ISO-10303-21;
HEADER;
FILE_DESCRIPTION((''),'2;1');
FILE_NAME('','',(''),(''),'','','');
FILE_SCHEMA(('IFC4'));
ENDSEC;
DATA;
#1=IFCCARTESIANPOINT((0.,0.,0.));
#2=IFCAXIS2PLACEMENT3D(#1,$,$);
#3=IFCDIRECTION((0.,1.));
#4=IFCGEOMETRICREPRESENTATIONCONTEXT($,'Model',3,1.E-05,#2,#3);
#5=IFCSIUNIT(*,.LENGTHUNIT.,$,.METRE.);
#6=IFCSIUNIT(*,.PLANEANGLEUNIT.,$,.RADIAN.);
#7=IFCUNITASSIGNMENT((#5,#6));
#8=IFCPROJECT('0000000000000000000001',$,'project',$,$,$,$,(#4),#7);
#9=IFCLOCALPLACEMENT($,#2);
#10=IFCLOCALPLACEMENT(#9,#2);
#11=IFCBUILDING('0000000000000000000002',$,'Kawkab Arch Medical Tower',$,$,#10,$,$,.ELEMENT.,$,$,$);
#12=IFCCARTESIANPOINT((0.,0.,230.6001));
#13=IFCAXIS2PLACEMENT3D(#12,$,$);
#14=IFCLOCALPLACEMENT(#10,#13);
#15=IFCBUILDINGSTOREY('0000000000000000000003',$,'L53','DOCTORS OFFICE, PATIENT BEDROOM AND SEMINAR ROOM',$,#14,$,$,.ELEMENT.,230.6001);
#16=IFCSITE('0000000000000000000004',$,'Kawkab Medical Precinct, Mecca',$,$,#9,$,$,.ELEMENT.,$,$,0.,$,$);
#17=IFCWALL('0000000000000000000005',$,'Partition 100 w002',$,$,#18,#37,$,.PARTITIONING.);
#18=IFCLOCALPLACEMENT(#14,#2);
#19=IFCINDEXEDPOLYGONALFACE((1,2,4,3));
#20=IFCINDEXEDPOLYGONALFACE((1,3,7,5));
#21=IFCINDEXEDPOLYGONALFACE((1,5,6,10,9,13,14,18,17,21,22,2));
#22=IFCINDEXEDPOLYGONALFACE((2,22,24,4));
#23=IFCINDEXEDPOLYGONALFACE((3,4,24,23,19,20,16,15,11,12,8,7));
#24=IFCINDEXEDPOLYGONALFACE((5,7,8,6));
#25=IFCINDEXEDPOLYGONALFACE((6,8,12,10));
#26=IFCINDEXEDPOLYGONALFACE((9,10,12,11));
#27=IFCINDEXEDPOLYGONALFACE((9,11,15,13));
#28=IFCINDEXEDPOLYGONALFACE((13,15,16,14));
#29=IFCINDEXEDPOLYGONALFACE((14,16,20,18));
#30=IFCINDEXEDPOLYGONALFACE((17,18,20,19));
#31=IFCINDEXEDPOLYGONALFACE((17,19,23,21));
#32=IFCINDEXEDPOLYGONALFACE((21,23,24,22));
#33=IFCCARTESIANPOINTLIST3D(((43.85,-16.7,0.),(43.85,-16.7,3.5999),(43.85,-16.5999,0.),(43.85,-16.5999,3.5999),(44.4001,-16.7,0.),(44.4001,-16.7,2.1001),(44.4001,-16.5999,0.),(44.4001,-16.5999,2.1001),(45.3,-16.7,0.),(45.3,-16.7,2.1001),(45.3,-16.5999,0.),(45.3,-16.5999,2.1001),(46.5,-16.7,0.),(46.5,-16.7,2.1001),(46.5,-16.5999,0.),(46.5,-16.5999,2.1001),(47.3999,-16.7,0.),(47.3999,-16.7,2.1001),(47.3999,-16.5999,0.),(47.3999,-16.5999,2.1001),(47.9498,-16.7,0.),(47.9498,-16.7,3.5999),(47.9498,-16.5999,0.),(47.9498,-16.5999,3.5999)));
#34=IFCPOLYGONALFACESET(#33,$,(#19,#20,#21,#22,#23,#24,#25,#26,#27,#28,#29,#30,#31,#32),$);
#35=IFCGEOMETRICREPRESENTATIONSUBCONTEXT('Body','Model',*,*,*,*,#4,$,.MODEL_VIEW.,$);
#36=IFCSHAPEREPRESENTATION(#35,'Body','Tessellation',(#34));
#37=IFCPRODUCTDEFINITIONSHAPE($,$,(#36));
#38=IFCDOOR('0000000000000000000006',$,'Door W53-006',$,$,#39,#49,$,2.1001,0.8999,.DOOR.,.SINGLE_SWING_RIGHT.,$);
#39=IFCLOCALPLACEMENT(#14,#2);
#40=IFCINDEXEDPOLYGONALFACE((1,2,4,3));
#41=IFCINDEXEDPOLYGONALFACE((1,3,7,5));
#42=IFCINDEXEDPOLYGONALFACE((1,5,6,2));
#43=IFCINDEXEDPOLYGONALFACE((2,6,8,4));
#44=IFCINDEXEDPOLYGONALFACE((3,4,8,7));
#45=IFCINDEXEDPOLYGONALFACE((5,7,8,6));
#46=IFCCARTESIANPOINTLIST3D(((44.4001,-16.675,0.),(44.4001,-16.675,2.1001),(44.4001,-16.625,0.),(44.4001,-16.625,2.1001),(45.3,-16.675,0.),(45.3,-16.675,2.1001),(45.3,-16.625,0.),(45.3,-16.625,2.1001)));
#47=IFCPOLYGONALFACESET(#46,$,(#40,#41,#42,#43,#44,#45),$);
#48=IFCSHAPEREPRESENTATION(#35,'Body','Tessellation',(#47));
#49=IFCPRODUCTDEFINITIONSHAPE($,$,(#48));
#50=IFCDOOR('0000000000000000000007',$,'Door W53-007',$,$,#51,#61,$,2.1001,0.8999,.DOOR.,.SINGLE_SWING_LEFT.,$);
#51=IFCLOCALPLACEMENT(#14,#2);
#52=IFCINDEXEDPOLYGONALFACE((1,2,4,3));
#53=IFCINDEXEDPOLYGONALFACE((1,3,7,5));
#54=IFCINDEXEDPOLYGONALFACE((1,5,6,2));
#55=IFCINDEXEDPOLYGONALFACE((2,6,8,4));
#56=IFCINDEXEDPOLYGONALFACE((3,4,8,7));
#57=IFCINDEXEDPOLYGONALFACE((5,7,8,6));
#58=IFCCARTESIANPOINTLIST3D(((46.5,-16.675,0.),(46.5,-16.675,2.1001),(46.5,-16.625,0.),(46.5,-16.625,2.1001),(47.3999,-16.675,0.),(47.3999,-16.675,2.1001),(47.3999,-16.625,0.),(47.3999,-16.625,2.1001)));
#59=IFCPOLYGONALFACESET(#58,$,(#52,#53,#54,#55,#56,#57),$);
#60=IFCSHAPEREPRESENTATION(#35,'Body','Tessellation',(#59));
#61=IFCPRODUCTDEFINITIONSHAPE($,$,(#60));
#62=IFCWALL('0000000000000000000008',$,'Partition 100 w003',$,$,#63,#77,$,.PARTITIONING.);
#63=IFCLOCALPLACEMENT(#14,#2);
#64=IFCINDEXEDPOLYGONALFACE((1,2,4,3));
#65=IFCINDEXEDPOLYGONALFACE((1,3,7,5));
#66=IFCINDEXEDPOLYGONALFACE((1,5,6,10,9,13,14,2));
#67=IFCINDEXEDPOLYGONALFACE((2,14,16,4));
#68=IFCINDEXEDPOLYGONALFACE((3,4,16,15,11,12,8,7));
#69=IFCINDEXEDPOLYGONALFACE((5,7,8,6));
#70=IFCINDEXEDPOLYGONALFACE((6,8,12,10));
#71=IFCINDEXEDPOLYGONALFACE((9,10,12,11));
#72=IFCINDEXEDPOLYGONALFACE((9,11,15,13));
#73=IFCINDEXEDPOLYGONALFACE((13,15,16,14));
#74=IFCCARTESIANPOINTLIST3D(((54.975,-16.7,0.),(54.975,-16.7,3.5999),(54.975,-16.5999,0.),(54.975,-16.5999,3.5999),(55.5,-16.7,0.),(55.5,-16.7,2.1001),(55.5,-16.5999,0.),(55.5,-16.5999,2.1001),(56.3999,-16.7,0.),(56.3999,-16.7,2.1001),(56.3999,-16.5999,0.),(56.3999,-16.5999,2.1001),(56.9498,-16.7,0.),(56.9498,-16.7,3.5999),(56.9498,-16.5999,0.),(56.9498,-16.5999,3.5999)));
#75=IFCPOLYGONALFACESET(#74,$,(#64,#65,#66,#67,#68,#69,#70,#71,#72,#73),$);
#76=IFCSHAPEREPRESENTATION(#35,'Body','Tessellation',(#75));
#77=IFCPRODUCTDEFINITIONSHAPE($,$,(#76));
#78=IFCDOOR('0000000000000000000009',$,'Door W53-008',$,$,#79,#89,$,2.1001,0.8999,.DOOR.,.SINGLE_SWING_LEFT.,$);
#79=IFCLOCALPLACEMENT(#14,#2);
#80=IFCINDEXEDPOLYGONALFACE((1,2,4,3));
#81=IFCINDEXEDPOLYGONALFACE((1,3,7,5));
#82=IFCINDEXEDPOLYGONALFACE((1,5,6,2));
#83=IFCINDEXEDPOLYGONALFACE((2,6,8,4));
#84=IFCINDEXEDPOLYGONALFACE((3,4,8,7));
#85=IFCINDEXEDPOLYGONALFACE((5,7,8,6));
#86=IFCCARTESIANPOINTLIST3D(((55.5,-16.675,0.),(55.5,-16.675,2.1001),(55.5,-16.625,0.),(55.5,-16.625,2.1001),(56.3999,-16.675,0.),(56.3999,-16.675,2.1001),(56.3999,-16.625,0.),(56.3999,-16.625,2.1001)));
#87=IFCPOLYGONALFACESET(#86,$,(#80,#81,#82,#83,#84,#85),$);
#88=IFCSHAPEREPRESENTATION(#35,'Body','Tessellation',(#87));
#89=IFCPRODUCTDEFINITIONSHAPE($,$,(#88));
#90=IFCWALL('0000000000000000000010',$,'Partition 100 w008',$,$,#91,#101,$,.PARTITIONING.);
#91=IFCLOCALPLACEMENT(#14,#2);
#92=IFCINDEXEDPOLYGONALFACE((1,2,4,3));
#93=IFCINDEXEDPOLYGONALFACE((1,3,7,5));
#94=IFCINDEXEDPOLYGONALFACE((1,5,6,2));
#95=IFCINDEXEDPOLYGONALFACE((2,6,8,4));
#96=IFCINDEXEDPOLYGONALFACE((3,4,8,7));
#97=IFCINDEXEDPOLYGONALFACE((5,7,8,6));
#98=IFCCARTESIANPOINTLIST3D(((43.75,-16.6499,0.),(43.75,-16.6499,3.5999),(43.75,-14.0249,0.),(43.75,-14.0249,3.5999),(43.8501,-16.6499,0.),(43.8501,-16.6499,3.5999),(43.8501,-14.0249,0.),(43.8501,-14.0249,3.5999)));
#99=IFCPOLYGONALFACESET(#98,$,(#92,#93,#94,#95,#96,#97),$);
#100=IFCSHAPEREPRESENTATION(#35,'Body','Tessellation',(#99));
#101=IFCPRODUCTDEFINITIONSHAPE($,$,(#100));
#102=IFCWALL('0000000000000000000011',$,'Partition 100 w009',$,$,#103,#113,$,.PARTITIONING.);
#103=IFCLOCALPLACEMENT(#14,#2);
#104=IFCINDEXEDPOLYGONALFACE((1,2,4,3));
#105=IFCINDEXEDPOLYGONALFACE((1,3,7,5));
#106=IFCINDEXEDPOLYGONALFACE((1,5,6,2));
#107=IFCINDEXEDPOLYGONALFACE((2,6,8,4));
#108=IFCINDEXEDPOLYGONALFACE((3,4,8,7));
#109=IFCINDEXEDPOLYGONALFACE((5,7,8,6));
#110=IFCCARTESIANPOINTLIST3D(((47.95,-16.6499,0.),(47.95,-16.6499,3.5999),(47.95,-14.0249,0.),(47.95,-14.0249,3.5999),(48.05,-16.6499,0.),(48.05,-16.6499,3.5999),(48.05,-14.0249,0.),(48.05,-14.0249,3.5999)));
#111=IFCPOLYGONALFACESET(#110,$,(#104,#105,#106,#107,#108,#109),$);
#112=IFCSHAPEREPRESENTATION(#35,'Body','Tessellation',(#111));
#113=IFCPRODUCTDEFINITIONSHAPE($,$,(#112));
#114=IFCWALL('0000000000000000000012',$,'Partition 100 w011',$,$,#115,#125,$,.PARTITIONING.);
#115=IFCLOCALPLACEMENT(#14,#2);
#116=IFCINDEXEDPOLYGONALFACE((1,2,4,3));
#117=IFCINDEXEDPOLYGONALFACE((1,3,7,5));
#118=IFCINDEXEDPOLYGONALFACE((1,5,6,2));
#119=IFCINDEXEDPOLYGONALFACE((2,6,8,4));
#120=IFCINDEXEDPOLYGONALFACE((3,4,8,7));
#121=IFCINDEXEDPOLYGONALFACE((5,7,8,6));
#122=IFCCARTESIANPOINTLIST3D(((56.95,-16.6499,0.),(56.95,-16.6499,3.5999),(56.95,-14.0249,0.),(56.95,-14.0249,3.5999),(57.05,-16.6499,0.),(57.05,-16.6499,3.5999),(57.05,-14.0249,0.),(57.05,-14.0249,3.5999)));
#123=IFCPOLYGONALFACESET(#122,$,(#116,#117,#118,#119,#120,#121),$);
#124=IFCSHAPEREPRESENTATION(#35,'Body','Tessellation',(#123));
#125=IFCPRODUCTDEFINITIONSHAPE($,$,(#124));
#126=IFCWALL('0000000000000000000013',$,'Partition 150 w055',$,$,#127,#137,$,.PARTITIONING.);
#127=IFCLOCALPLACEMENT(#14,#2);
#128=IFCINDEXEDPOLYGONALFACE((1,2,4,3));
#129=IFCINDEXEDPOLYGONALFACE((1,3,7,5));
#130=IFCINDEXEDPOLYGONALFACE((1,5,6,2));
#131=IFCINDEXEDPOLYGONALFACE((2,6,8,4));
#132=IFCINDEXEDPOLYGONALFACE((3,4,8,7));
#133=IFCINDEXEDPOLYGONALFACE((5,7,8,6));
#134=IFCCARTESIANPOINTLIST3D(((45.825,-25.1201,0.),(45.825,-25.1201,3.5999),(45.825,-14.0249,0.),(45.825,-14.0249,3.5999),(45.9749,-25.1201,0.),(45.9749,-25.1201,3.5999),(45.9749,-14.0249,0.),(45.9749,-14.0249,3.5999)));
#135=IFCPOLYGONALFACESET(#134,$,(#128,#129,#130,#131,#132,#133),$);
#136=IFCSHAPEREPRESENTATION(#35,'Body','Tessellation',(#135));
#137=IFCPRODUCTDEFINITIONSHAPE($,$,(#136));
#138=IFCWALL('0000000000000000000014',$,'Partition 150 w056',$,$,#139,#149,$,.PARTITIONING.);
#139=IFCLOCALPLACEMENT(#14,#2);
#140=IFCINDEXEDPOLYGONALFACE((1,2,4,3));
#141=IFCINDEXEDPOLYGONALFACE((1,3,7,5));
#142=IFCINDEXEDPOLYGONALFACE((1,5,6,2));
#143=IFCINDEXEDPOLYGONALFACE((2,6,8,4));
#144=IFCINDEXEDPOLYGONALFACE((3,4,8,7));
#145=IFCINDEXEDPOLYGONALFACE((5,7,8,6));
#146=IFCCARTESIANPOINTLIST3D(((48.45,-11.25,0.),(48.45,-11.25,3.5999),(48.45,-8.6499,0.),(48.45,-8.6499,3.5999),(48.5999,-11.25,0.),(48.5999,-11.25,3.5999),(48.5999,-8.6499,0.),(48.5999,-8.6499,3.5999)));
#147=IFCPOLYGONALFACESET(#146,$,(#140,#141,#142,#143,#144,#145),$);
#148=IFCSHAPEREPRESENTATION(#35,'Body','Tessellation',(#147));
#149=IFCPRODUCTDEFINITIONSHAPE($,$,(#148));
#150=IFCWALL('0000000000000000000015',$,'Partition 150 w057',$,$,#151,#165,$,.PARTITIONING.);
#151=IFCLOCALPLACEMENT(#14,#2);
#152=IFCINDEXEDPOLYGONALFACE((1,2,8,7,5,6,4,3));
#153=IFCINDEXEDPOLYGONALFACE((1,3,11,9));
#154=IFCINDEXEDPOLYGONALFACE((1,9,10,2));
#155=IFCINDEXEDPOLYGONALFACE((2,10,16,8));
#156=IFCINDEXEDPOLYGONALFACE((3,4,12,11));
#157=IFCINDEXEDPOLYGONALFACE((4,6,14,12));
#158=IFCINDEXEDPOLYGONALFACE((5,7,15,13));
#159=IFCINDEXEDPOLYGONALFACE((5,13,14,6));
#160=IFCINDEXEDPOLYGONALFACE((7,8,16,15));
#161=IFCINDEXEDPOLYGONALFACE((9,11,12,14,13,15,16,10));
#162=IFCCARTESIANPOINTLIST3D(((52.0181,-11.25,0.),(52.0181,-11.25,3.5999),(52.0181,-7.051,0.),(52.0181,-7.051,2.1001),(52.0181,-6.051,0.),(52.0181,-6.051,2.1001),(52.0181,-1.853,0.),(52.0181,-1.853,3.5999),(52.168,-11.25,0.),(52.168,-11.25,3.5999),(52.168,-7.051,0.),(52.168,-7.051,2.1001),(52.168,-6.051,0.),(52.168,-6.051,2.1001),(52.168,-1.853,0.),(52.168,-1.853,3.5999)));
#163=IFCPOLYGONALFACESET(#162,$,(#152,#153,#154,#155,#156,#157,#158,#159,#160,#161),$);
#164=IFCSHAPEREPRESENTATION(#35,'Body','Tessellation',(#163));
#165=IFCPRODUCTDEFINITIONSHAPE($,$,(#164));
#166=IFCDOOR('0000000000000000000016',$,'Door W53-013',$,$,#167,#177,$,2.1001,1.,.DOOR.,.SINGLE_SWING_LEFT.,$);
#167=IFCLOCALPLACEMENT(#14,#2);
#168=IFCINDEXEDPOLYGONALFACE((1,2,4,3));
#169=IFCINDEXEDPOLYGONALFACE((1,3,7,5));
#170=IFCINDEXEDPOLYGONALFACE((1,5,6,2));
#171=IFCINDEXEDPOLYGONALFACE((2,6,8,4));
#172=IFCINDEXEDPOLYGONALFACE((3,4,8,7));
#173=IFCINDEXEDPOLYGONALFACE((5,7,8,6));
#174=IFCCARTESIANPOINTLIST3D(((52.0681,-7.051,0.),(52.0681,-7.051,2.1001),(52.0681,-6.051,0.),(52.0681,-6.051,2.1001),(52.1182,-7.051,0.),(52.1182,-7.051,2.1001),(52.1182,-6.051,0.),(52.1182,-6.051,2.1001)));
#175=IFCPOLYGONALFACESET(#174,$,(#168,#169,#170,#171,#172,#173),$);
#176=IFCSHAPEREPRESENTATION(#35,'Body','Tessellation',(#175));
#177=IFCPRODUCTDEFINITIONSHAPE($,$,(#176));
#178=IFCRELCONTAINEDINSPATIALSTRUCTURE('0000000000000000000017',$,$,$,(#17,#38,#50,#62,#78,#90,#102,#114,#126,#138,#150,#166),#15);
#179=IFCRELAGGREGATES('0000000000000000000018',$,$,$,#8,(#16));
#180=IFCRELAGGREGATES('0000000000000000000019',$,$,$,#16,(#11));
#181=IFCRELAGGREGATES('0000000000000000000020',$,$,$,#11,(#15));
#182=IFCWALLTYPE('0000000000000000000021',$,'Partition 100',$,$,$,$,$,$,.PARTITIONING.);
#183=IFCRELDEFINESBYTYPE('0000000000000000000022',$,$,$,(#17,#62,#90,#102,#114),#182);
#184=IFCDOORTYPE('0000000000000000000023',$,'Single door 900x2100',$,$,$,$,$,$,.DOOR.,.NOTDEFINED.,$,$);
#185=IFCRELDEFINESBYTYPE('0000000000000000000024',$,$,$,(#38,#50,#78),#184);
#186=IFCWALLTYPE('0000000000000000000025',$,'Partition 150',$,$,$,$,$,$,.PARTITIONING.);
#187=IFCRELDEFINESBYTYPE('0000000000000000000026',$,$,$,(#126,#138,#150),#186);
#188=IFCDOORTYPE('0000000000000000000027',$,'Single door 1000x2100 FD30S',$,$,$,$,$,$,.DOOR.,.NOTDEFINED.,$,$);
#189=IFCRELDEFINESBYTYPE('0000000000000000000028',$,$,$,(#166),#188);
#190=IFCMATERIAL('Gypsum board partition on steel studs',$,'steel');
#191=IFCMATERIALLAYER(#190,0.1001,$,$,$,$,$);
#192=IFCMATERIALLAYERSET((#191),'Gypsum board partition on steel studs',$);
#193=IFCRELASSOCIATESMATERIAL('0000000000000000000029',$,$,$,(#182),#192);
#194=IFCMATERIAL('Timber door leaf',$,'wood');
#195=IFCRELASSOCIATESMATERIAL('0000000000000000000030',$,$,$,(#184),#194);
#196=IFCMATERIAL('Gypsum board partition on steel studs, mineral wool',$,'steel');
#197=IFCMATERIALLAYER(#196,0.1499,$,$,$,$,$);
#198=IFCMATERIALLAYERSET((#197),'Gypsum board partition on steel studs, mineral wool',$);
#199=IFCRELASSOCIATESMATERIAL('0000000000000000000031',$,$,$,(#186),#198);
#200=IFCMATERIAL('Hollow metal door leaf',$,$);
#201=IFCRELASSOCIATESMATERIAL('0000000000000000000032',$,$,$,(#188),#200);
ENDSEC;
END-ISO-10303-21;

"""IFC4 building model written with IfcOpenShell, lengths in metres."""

from ifc_helpers import new_model, si_unit, direction, frame, frame_2d, origin, place, context, subcontext, project, spatial, rectangle, extrude, material, layer, layer_set, type_object, element, fill, save


model = new_model("IFC4")

# Units and contexts
model_context = context("Model", 3, precision=1e-05, world=origin(), true_north=direction((0.0, 1.0)))
body_context = subcontext(model_context, "Body", "Model", "MODEL_VIEW")
ifc_project = project(units=[si_unit("LENGTHUNIT", "METRE"), si_unit("PLANEANGLEUNIT", "RADIAN")], contexts=[model_context])

# Site, building, storey
site_placement = place(None, origin())
site = spatial("IfcSite", under=ifc_project, at=site_placement, Name="Kawkab Medical Precinct, Mecca", CompositionType="ELEMENT", RefElevation=0.0)
building_placement = place(site_placement, origin())
building = spatial("IfcBuilding", under=site, at=building_placement, Name="Kawkab Arch Medical Tower", CompositionType="ELEMENT")
storey_placement = place(building_placement, frame((0.0, 0.0, 230.6001)))
storey = spatial("IfcBuildingStorey", under=building, at=storey_placement, Name="L53", Description="DOCTORS OFFICE, PATIENT BEDROOM AND SEMINAR ROOM", CompositionType="ELEMENT", Elevation=230.6001)

# Wall, openings, doors
ifc_material_1 = material(Name="Gypsum board partition on steel studs", Category="steel")
ifc_layer_1 = layer(ifc_material_1, 0.1001)
ifc_layer_set_1 = layer_set([ifc_layer_1], Name="Gypsum board partition on steel studs")
wall_type_1 = type_object("IfcWallType", Name="Partition 100", PredefinedType="PARTITIONING", material=ifc_layer_set_1)
wall_1_placement = place(storey_placement, frame((43.8501, -16.6499, 0.0), z_axis=(0.0, 0.0, 1.0), x_axis=(1.0, 0.0, 0.0)))
wall_1 = element("IfcWall", 1, at=wall_1_placement, inside=storey, type_object=wall_type_1, Name="Partition 100 w002", PredefinedType="PARTITIONING", context=body_context, shape_type="SweptSolid", body=[
    extrude(rectangle(XDim=4.0999, YDim=0.1001, at=frame_2d((2.0498, 0.0))), origin(), (0.0, 0.0, 1.0), 3.5999),
])
opening_1_placement = place(wall_1_placement, frame((0.55, 0.0, 0.0)))
opening_1 = element("IfcOpeningElement", 2, at=opening_1_placement, cuts=wall_1, PredefinedType="OPENING", context=body_context, shape_type="SweptSolid", body=[
    extrude(rectangle(XDim=0.8999, YDim=2.1001, at=frame_2d((0.45, 1.05))), frame((0.0, 0.0601, 0.0), z_axis=(0.0, -1.0, 0.0), x_axis=(1.0, 0.0, 0.0)), (0.0, 0.0, 1.0), 0.1201),
])
opening_2_placement = place(wall_1_placement, frame((2.6499, 0.0, 0.0)))
opening_2 = element("IfcOpeningElement", 3, at=opening_2_placement, cuts=wall_1, PredefinedType="OPENING", context=body_context, shape_type="SweptSolid", body=[
    extrude(rectangle(XDim=0.8999, YDim=2.1001, at=frame_2d((0.45, 1.05))), frame((0.0, 0.0601, 0.0), z_axis=(0.0, -1.0, 0.0), x_axis=(1.0, 0.0, 0.0)), (0.0, 0.0, 1.0), 0.1201),
])
ifc_material_2 = material(Name="Timber door leaf", Category="wood")
door_type_1 = type_object("IfcDoorType", Name="Single door 900x2100", OperationType="NOTDEFINED", PredefinedType="DOOR", material=ifc_material_2)
door_1_placement = place(opening_1_placement, origin())
door_1 = element("IfcDoor", 4, at=door_1_placement, inside=storey, type_object=door_type_1, Name="Door W53-006", OperationType="SINGLE_SWING_RIGHT", OverallHeight=2.1001, OverallWidth=0.8999, PredefinedType="DOOR", context=body_context, shape_type="SweptSolid", body=[
    extrude(rectangle(XDim=0.8999, YDim=2.1001, at=frame_2d((0.45, 1.05))), frame((0.0, 0.0249, 0.0), z_axis=(0.0, -1.0, 0.0), x_axis=(1.0, 0.0, 0.0)), (0.0, 0.0, 1.0), 0.05),
])
fill(opening_1, door_1)
door_2_placement = place(opening_2_placement, origin())
door_2 = element("IfcDoor", 5, at=door_2_placement, inside=storey, type_object=door_type_1, Name="Door W53-007", OperationType="SINGLE_SWING_LEFT", OverallHeight=2.1001, OverallWidth=0.8999, PredefinedType="DOOR", context=body_context, shape_type="SweptSolid", body=[
    extrude(rectangle(XDim=0.8999, YDim=2.1001, at=frame_2d((0.45, 1.05))), frame((0.0, 0.0249, 0.0), z_axis=(0.0, -1.0, 0.0), x_axis=(1.0, 0.0, 0.0)), (0.0, 0.0, 1.0), 0.05),
])
fill(opening_2, door_2)

# Wall, opening, door
wall_2_placement = place(storey_placement, frame((54.9751, -16.6499, 0.0), z_axis=(0.0, 0.0, 1.0), x_axis=(1.0, 0.0, 0.0)))
wall_2 = element("IfcWall", 6, at=wall_2_placement, inside=storey, type_object=wall_type_1, Name="Partition 100 w003", PredefinedType="PARTITIONING", context=body_context, shape_type="SweptSolid", body=[
    extrude(rectangle(XDim=1.9749, YDim=0.1001, at=frame_2d((0.9873, 0.0))), origin(), (0.0, 0.0, 1.0), 3.5999),
])
opening_3_placement = place(wall_2_placement, frame((0.5249, 0.0, 0.0)))
opening_3 = element("IfcOpeningElement", 7, at=opening_3_placement, cuts=wall_2, PredefinedType="OPENING", context=body_context, shape_type="SweptSolid", body=[
    extrude(rectangle(XDim=0.8999, YDim=2.1001, at=frame_2d((0.45, 1.05))), frame((0.0, 0.0601, 0.0), z_axis=(0.0, -1.0, 0.0), x_axis=(1.0, 0.0, 0.0)), (0.0, 0.0, 1.0), 0.1201),
])
door_3_placement = place(opening_3_placement, origin())
door_3 = element("IfcDoor", 8, at=door_3_placement, inside=storey, type_object=door_type_1, Name="Door W53-008", OperationType="SINGLE_SWING_LEFT", OverallHeight=2.1001, OverallWidth=0.8999, PredefinedType="DOOR", context=body_context, shape_type="SweptSolid", body=[
    extrude(rectangle(XDim=0.8999, YDim=2.1001, at=frame_2d((0.45, 1.05))), frame((0.0, 0.0249, 0.0), z_axis=(0.0, -1.0, 0.0), x_axis=(1.0, 0.0, 0.0)), (0.0, 0.0, 1.0), 0.05),
])
fill(opening_3, door_3)

# Walls
for number, where, z_axis, x_axis, name in (
    (9, (43.8, -16.6499, 0.0), (0.0, 0.0, 1.0), (0.0, 1.0, 0.0), "Partition 100 w008"),
    (10, (48.0, -16.6499, 0.0), (0.0, 0.0, 1.0), (0.0, 1.0, 0.0), "Partition 100 w009"),
    (11, (57.0, -16.6499, 0.0), (0.0, 0.0, 1.0), (0.0, 1.0, 0.0), "Partition 100 w011"),
):
    element("IfcWall", number, at=place(storey_placement, frame(where, z_axis=z_axis, x_axis=x_axis)), inside=storey, type_object=wall_type_1, Name=name, PredefinedType="PARTITIONING", context=body_context, shape_type="SweptSolid", body=[
        extrude(rectangle(XDim=2.625, YDim=0.1001, at=frame_2d((1.3125, 0.0))), origin(), (0.0, 0.0, 1.0), 3.5999),
    ])
ifc_material_3 = material(Name="Gypsum board partition on steel studs, mineral wool", Category="steel")
ifc_layer_2 = layer(ifc_material_3, 0.1499)
ifc_layer_set_2 = layer_set([ifc_layer_2], Name="Gypsum board partition on steel studs, mineral wool")
wall_type_2 = type_object("IfcWallType", Name="Partition 150", PredefinedType="PARTITIONING", material=ifc_layer_set_2)
wall_3_placement = place(storey_placement, frame((45.8999, -25.1201, 0.0), z_axis=(0.0, 0.0, 1.0), x_axis=(0.0, 1.0, 0.0)))
element("IfcWall", 12, at=wall_3_placement, inside=storey, type_object=wall_type_2, Name="Partition 150 w055", PredefinedType="PARTITIONING", context=body_context, shape_type="SweptSolid", body=[
    extrude(rectangle(XDim=11.0952, YDim=0.1499, at=frame_2d((5.5476, 0.0))), origin(), (0.0, 0.0, 1.0), 3.5999),
])
wall_4_placement = place(storey_placement, frame((48.5249, -11.25, 0.0), z_axis=(0.0, 0.0, 1.0), x_axis=(0.0, 1.0, 0.0)))
element("IfcWall", 13, at=wall_4_placement, inside=storey, type_object=wall_type_2, Name="Partition 150 w056", PredefinedType="PARTITIONING", context=body_context, shape_type="SweptSolid", body=[
    extrude(rectangle(XDim=2.6001, YDim=0.1499, at=frame_2d((1.3, 0.0))), origin(), (0.0, 0.0, 1.0), 3.5999),
])

# Wall, opening, door
wall_5_placement = place(storey_placement, frame((52.093, -11.25, 0.0), z_axis=(0.0, 0.0, 1.0), x_axis=(0.0, 1.0, 0.0)))
wall_5 = element("IfcWall", 14, at=wall_5_placement, inside=storey, type_object=wall_type_2, Name="Partition 150 w057", PredefinedType="PARTITIONING", context=body_context, shape_type="SweptSolid", body=[
    extrude(rectangle(XDim=9.397, YDim=0.1499, at=frame_2d((4.6985, 0.0))), origin(), (0.0, 0.0, 1.0), 3.5999),
])
opening_4_placement = place(wall_5_placement, frame((4.199, 0.0, 0.0)))
opening_4 = element("IfcOpeningElement", 15, at=opening_4_placement, cuts=wall_5, PredefinedType="OPENING", context=body_context, shape_type="SweptSolid", body=[
    extrude(rectangle(XDim=1.0, YDim=2.1001, at=frame_2d((0.5, 1.05))), frame((0.0, 0.085, 0.0), z_axis=(0.0, -1.0, 0.0), x_axis=(1.0, 0.0, 0.0)), (0.0, 0.0, 1.0), 0.1699),
])
ifc_material_4 = material(Name="Hollow metal door leaf")
door_type_2 = type_object("IfcDoorType", Name="Single door 1000x2100 FD30S", OperationType="NOTDEFINED", PredefinedType="DOOR", material=ifc_material_4)
door_4_placement = place(opening_4_placement, origin())
door_4 = element("IfcDoor", 16, at=door_4_placement, inside=storey, type_object=door_type_2, Name="Door W53-013", OperationType="SINGLE_SWING_LEFT", OverallHeight=2.1001, OverallWidth=1.0, PredefinedType="DOOR", context=body_context, shape_type="SweptSolid", body=[
    extrude(rectangle(XDim=1.0, YDim=2.1001, at=frame_2d((0.5, 1.05))), frame((0.0, 0.0249, 0.0), z_axis=(0.0, -1.0, 0.0), x_axis=(1.0, 0.0, 0.0)), (0.0, 0.0, 1.0), 0.05),
])
fill(opening_4, door_4)

save(model, "model.ifc")
